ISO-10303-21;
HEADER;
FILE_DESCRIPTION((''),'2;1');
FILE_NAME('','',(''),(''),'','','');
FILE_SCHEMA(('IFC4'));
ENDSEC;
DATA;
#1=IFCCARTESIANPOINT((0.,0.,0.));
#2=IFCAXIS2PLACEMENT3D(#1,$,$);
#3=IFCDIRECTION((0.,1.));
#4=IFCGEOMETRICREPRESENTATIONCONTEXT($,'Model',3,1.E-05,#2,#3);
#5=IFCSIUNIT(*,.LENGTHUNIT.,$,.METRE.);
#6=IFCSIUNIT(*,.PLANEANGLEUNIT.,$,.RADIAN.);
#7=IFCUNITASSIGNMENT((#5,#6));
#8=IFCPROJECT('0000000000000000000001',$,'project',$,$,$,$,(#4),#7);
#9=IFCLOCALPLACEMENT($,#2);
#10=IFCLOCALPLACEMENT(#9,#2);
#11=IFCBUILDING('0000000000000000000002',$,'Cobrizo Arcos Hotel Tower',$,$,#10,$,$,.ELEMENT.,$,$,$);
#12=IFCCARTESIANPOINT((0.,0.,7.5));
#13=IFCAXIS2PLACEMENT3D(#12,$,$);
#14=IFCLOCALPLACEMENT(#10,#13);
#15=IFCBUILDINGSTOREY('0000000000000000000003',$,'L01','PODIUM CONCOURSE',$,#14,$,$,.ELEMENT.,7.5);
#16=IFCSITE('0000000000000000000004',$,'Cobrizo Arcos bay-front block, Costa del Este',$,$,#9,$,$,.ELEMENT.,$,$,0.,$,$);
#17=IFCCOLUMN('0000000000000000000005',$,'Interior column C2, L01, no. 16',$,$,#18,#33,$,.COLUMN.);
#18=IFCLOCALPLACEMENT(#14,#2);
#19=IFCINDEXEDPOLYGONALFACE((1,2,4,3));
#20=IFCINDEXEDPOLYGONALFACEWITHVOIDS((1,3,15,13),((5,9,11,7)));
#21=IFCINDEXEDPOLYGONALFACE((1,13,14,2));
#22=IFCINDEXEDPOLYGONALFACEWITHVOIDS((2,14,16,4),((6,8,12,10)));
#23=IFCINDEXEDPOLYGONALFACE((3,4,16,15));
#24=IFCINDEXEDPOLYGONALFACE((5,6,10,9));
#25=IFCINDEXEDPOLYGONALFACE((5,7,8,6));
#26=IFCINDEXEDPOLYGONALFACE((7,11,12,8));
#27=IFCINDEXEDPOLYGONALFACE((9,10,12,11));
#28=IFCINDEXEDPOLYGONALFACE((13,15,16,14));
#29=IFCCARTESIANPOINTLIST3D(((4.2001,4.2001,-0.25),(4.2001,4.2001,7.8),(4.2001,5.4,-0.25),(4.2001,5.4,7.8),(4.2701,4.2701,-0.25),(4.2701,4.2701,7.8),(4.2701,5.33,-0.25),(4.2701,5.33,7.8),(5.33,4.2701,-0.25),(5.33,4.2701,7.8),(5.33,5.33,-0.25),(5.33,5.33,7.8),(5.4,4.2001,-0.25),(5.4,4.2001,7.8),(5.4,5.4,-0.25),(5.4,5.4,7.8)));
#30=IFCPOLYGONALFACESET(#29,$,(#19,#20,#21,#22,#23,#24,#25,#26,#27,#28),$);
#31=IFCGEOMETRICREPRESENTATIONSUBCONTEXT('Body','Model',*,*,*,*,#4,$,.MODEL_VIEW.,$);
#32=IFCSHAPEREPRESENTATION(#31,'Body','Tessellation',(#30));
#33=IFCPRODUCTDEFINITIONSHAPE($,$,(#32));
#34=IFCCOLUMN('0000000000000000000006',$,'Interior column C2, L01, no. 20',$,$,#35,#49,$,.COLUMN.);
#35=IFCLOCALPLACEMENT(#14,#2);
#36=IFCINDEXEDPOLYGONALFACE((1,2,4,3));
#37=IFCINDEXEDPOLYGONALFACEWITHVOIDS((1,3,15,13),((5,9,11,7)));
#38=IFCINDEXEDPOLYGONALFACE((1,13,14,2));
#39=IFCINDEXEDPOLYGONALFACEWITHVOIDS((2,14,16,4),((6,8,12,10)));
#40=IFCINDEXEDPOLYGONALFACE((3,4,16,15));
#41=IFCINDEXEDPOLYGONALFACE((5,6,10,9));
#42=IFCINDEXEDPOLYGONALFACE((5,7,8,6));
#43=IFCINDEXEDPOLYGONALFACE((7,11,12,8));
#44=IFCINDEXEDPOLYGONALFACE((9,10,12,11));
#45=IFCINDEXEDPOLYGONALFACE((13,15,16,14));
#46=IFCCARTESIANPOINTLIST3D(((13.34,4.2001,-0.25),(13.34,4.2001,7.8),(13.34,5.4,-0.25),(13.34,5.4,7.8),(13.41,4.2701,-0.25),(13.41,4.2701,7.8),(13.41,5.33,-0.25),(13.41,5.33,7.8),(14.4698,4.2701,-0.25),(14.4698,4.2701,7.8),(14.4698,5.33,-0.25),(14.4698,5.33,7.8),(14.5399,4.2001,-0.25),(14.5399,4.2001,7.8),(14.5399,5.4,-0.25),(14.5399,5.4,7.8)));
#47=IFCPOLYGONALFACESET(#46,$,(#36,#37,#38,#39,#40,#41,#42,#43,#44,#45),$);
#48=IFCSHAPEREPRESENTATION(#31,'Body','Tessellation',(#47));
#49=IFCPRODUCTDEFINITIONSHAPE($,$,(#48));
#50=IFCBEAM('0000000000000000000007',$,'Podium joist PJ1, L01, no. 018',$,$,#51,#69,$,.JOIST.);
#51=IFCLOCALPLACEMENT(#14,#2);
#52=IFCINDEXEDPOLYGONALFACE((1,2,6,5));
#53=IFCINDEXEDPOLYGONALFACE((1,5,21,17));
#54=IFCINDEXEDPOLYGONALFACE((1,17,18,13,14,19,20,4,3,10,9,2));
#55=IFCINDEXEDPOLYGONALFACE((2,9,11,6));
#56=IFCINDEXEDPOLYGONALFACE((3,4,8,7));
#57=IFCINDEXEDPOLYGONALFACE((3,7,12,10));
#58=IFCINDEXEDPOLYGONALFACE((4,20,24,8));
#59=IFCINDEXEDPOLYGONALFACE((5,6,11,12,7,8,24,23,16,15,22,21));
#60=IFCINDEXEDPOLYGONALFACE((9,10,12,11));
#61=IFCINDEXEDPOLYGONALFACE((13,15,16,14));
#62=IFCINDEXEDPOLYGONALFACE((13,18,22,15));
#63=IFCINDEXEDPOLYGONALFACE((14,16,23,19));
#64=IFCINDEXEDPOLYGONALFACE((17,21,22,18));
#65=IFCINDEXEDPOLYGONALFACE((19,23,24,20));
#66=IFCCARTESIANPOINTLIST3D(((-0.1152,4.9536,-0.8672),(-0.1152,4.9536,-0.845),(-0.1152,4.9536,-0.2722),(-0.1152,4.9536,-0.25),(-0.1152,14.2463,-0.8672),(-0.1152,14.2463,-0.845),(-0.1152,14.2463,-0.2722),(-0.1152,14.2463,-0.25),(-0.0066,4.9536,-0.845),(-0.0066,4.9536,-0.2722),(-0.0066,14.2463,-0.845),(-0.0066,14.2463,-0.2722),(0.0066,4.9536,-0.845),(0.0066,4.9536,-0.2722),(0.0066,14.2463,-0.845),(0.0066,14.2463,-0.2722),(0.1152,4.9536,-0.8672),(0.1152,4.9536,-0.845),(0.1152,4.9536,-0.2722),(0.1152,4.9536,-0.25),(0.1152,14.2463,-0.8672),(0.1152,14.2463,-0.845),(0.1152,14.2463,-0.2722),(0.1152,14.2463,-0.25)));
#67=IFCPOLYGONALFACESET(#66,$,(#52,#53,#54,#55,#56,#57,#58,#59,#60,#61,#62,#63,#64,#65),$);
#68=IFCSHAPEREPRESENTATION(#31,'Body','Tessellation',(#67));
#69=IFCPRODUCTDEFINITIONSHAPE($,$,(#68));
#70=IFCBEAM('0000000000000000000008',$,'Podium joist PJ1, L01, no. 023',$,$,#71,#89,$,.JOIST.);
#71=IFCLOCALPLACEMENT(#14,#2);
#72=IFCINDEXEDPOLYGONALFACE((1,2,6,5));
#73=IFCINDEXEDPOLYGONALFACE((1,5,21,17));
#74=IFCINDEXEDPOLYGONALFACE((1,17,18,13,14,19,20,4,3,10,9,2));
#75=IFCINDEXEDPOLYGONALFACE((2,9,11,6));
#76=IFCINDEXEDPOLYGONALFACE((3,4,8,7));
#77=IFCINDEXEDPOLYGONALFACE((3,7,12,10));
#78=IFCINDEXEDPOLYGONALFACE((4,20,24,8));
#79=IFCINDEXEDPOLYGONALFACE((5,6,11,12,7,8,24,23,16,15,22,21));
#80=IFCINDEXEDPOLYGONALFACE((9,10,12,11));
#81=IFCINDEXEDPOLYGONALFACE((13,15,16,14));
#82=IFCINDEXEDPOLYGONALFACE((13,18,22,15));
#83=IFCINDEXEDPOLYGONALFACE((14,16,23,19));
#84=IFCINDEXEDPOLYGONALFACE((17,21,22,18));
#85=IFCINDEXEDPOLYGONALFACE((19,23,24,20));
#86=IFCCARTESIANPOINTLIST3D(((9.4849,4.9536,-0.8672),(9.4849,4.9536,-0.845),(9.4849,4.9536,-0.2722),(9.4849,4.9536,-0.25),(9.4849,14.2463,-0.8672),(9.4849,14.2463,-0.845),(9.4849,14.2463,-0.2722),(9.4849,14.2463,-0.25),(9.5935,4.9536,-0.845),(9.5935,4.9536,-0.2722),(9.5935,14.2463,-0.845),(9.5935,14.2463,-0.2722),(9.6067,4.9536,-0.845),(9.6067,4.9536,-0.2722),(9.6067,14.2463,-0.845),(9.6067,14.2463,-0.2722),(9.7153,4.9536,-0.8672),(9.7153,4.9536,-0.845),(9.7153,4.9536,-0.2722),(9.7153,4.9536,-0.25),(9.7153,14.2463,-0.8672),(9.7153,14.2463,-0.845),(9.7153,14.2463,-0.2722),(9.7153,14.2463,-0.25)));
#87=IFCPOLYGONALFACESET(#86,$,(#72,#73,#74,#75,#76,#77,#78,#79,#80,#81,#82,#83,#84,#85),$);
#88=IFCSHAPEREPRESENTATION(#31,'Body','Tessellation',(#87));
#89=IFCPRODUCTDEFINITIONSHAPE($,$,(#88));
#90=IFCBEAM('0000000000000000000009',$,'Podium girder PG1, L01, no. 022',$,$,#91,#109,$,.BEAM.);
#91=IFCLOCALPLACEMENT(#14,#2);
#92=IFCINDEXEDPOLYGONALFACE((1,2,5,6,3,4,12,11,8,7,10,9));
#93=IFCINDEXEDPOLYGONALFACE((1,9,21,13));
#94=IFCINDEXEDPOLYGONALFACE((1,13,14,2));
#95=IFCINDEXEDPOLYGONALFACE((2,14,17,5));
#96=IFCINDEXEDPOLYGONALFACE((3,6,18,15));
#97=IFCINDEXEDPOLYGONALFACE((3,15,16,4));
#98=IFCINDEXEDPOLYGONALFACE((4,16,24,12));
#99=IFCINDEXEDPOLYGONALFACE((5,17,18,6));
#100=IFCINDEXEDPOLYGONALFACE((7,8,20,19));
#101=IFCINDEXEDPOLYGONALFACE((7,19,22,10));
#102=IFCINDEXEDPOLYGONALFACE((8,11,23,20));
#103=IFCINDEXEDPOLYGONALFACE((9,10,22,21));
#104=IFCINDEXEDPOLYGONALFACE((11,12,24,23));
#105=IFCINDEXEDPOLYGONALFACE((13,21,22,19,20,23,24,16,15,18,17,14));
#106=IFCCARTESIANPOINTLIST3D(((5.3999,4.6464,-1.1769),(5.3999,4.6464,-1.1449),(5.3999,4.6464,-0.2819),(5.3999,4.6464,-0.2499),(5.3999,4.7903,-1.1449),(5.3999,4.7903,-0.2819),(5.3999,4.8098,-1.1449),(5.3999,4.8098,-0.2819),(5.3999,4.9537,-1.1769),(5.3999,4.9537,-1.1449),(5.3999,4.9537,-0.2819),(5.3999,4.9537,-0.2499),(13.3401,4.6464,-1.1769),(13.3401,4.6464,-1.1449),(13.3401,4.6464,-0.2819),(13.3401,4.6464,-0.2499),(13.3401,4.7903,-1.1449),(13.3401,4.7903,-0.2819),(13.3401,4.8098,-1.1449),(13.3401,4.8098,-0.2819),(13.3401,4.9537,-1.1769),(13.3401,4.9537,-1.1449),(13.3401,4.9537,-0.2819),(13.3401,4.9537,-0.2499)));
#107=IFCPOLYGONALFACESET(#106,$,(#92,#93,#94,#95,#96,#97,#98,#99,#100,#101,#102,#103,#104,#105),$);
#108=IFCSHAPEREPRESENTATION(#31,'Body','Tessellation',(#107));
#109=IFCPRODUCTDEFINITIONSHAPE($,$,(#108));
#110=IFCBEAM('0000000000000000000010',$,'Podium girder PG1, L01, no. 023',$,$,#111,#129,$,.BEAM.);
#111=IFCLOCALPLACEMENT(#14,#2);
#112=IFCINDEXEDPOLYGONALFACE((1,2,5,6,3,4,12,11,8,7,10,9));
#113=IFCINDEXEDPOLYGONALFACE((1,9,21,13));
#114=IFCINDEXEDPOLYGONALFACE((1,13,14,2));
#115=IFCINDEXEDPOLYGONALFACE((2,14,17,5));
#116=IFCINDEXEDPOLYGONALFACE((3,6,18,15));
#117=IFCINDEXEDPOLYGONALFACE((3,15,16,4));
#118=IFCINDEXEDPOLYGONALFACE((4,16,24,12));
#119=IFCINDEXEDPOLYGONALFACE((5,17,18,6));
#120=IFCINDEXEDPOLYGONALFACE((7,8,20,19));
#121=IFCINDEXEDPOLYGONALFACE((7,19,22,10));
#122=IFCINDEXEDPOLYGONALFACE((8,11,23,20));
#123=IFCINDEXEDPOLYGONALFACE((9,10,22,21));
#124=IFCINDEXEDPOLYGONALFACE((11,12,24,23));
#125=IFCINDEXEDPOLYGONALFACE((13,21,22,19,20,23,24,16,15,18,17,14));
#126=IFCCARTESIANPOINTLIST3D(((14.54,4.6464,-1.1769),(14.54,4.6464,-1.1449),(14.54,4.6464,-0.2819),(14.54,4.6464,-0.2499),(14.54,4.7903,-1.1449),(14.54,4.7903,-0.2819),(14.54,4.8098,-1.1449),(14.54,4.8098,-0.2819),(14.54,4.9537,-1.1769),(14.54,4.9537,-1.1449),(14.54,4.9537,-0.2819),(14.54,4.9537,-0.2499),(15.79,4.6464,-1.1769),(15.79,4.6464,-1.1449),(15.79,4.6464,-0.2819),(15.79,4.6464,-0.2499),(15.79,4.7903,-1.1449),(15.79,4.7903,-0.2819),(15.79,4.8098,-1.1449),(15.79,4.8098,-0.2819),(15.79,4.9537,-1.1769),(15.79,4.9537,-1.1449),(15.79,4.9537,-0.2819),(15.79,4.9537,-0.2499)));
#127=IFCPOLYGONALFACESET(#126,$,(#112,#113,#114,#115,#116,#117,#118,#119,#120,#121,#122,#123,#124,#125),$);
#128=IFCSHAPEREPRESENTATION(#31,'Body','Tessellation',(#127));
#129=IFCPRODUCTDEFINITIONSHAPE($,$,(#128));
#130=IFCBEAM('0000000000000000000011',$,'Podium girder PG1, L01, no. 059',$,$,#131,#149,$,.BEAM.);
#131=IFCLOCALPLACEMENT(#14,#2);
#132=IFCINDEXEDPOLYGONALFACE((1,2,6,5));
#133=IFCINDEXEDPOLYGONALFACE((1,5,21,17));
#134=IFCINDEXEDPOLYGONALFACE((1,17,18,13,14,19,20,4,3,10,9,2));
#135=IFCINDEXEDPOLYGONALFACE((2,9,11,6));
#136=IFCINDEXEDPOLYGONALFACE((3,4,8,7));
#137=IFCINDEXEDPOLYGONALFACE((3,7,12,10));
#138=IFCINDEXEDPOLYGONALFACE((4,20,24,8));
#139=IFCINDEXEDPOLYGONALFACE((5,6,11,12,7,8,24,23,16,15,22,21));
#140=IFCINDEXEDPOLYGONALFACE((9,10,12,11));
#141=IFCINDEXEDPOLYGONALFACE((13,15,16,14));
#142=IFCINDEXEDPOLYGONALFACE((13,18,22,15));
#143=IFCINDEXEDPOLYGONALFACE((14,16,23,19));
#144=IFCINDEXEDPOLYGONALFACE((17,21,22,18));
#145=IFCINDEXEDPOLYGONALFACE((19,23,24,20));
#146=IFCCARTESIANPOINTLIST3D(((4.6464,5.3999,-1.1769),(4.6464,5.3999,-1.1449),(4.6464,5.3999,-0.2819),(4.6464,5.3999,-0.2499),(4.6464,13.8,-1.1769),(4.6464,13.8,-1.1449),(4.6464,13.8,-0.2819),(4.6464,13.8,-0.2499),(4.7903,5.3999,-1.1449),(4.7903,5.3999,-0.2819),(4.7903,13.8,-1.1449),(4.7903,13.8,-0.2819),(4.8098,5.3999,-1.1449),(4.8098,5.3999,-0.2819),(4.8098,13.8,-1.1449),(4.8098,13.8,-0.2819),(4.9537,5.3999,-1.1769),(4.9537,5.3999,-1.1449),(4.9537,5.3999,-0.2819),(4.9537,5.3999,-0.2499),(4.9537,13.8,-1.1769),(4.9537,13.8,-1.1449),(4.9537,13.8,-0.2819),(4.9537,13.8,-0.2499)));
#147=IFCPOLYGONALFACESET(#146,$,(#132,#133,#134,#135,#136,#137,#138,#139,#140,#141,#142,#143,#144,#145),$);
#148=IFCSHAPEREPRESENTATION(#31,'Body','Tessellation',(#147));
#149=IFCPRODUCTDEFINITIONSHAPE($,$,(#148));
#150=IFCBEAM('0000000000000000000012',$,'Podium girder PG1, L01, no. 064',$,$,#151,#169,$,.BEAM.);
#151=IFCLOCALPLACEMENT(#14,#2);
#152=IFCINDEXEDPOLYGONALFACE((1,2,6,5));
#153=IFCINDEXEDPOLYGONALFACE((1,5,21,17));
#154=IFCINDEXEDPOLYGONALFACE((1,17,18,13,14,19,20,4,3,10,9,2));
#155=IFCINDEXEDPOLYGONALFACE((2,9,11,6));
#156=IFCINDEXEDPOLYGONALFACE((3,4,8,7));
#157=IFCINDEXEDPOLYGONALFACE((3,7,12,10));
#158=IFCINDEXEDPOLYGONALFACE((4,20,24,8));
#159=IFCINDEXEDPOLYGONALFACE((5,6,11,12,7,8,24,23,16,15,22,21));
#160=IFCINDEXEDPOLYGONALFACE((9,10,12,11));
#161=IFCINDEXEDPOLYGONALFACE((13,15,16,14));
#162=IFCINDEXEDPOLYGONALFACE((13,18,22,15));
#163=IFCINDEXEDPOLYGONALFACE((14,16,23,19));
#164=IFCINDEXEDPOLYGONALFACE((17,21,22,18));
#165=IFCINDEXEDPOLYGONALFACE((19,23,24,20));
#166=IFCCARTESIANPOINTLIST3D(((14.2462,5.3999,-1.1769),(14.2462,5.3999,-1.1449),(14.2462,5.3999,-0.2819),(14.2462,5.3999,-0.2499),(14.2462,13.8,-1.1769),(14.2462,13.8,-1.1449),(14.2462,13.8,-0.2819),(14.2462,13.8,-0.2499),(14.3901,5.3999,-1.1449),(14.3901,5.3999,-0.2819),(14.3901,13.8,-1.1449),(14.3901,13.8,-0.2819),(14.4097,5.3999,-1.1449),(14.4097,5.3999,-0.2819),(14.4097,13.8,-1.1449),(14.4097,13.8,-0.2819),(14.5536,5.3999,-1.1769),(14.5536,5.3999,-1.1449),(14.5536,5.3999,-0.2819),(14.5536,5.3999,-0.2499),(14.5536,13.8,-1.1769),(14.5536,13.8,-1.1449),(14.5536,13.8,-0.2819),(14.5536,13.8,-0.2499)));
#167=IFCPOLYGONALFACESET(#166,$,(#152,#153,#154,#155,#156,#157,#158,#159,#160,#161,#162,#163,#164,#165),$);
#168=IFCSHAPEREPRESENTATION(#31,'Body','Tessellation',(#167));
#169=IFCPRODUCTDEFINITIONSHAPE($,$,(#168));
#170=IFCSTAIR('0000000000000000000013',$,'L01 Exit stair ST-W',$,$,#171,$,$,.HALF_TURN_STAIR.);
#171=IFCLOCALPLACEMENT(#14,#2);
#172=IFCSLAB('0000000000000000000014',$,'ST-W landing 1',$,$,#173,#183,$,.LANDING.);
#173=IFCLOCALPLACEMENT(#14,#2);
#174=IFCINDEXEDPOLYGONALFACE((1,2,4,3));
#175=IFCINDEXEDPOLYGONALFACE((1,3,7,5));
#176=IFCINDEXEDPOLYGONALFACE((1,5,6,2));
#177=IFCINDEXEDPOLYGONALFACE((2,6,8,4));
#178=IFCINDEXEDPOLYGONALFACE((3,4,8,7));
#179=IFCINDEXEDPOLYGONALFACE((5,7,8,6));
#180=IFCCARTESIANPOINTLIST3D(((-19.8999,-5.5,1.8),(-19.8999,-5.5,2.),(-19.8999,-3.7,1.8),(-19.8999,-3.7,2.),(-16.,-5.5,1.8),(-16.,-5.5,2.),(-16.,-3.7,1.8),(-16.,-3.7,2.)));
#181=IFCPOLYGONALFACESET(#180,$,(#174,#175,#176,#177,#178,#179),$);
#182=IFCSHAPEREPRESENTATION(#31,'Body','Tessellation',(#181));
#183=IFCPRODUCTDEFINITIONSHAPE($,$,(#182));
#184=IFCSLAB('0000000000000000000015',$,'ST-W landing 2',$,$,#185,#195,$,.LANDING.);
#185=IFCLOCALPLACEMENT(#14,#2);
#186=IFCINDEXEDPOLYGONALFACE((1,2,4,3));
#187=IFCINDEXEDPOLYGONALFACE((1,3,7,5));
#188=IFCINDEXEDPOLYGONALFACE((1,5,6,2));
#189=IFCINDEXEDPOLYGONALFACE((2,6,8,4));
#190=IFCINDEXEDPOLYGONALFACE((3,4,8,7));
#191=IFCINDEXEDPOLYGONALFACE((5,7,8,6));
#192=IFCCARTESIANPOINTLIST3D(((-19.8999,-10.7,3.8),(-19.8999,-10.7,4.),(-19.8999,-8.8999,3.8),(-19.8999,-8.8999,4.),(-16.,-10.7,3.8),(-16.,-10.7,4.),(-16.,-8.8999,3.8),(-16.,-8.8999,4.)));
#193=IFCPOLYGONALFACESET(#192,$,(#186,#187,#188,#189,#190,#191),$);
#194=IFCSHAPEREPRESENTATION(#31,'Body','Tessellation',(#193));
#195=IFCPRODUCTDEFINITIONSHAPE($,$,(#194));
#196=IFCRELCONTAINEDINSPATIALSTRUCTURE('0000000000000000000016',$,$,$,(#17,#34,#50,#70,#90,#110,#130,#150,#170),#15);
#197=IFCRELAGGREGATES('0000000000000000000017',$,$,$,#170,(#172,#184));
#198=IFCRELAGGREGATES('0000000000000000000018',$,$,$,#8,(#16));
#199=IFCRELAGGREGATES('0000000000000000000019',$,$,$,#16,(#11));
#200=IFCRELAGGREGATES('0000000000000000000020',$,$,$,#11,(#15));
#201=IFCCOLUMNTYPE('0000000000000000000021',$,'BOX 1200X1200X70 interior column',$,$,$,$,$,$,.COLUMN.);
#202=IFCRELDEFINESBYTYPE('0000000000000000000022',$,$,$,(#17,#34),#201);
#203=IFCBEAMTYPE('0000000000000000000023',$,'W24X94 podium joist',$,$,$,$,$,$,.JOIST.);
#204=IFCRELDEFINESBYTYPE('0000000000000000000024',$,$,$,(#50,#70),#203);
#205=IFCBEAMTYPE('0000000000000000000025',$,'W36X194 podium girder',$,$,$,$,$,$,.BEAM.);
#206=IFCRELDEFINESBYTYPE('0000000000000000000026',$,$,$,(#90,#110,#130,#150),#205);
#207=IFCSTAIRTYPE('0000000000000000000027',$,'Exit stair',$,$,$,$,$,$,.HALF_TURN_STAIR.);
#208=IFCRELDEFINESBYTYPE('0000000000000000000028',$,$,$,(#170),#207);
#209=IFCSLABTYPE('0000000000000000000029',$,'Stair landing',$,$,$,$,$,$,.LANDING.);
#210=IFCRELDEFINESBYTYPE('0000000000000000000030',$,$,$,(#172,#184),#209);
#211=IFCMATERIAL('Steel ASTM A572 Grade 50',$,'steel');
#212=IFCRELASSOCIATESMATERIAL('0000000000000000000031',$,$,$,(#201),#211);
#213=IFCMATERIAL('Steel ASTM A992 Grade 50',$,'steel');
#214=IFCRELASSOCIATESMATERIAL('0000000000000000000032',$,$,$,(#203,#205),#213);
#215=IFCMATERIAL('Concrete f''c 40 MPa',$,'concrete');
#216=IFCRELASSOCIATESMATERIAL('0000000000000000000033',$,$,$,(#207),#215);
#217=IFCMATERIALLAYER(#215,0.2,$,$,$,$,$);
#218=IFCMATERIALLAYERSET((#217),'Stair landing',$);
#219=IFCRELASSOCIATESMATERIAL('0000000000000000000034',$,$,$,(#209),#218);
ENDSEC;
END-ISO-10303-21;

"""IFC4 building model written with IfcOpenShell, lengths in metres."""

from ifc_helpers import new_model, si_unit, direction, frame, origin, origin_2d, place, context, subcontext, project, spatial, polyline, hollow_rectangle, i_section, outline, extrude, material, layer, layer_set, material_profile, profile_set, type_object, element, aggregate, save


model = new_model("IFC4")

# Units and contexts
model_context = context("Model", 3, precision=1e-05, world=origin(), true_north=direction((0.0, 1.0)))
body_context = subcontext(model_context, "Body", "Model", "MODEL_VIEW")
ifc_project = project(units=[si_unit("LENGTHUNIT", "METRE"), si_unit("PLANEANGLEUNIT", "RADIAN")], contexts=[model_context])

# Site, building, storey
site_placement = place(None, origin())
site = spatial("IfcSite", under=ifc_project, at=site_placement, Name="Cobrizo Arcos bay-front block, Costa del Este", CompositionType="ELEMENT", RefElevation=0.0)
building_placement = place(site_placement, origin())
building = spatial("IfcBuilding", under=site, at=building_placement, Name="Cobrizo Arcos Hotel Tower", CompositionType="ELEMENT")
storey_placement = place(building_placement, frame((0.0, 0.0, 7.5)))
storey = spatial("IfcBuildingStorey", under=building, at=storey_placement, Name="L01", Description="PODIUM CONCOURSE", CompositionType="ELEMENT", Elevation=7.5)

# Columns
ifc_material_1 = material(Name="Steel ASTM A572 Grade 50", Category="steel")
ifc_material_profile_1 = material_profile(ifc_material_1, hollow_rectangle(XDim=1.2, YDim=1.2, WallThickness=0.0701, at=origin_2d()), Name="BOX 1200X1200X70")
ifc_profile_set_1 = profile_set([ifc_material_profile_1], Name="Steel ASTM A572 Grade 50")
column_type = type_object("IfcColumnType", Name="BOX 1200X1200X70 interior column", PredefinedType="COLUMN", material=ifc_profile_set_1)
for number, where, z_axis, x_axis, name in (
    (1, (4.8, 4.8, -0.25), (0.0, 0.0, 1.0), (1.0, 0.0, 0.0), "Interior column C2, L01, no. 16"),
    (2, (13.9399, 4.8, -0.25), (0.0, 0.0, 1.0), (1.0, 0.0, 0.0), "Interior column C2, L01, no. 20"),
):
    element("IfcColumn", number, at=place(storey_placement, frame(where, z_axis=z_axis, x_axis=x_axis)), inside=storey, type_object=column_type, Name=name, PredefinedType="COLUMN", context=body_context, shape_type="SweptSolid", body=[
        extrude(hollow_rectangle(XDim=1.2, YDim=1.2, WallThickness=0.0701, at=origin_2d()), origin(), (0.0, 0.0, 1.0), 8.05),
    ])

# Beams
ifc_material_2 = material(Name="Steel ASTM A992 Grade 50", Category="steel")
ifc_material_profile_2 = material_profile(ifc_material_2, i_section(OverallWidth=0.2305, OverallDepth=0.6172, WebThickness=0.0132, FlangeThickness=0.0222, at=origin_2d()), Name="W24X94")
ifc_profile_set_2 = profile_set([ifc_material_profile_2], Name="Steel ASTM A992 Grade 50")
beam_type_1 = type_object("IfcBeamType", Name="W24X94 podium joist", PredefinedType="JOIST", material=ifc_profile_set_2)
for number, where, z_axis, x_axis, name in (
    (3, (0.0, 4.9536, -0.5586), (0.0, 1.0, 0.0), (-1.0, 0.0, 0.0), "Podium joist PJ1, L01, no. 018"),
    (4, (9.6001, 4.9536, -0.5586), (0.0, 1.0, 0.0), (-1.0, 0.0, 0.0), "Podium joist PJ1, L01, no. 023"),
):
    element("IfcBeam", number, at=place(storey_placement, frame(where, z_axis=z_axis, x_axis=x_axis)), inside=storey, type_object=beam_type_1, Name=name, PredefinedType="JOIST", context=body_context, shape_type="SweptSolid", body=[
        extrude(i_section(OverallWidth=0.2305, OverallDepth=0.6172, WebThickness=0.0132, FlangeThickness=0.0222, at=origin_2d()), origin(), (0.0, 0.0, 1.0), 9.2927),
    ])
ifc_material_profile_3 = material_profile(ifc_material_2, i_section(OverallWidth=0.3074, OverallDepth=0.927, WebThickness=0.0195, FlangeThickness=0.032, at=origin_2d()), Name="W36X194")
ifc_profile_set_3 = profile_set([ifc_material_profile_3], Name="Steel ASTM A992 Grade 50")
beam_type_2 = type_object("IfcBeamType", Name="W36X194 podium girder", PredefinedType="BEAM", material=ifc_profile_set_3)
beam_1_placement = place(storey_placement, frame((5.3999, 4.8, -0.7134), z_axis=(1.0, 0.0, 0.0), x_axis=(0.0, 1.0, 0.0)))
element("IfcBeam", 5, at=beam_1_placement, inside=storey, type_object=beam_type_2, Name="Podium girder PG1, L01, no. 022", PredefinedType="BEAM", context=body_context, shape_type="SweptSolid", body=[
    extrude(i_section(OverallWidth=0.3074, OverallDepth=0.927, WebThickness=0.0195, FlangeThickness=0.032, at=origin_2d()), origin(), (0.0, 0.0, 1.0), 7.9402),
])
beam_2_placement = place(storey_placement, frame((14.54, 4.8, -0.7134), z_axis=(1.0, 0.0, 0.0), x_axis=(0.0, 1.0, 0.0)))
element("IfcBeam", 6, at=beam_2_placement, inside=storey, type_object=beam_type_2, Name="Podium girder PG1, L01, no. 023", PredefinedType="BEAM", context=body_context, shape_type="SweptSolid", body=[
    extrude(i_section(OverallWidth=0.3074, OverallDepth=0.927, WebThickness=0.0195, FlangeThickness=0.032, at=origin_2d()), origin(), (0.0, 0.0, 1.0), 1.25),
])
for number, where, z_axis, x_axis, name in (
    (7, (4.8, 5.3999, -0.7134), (0.0, 1.0, 0.0), (-1.0, 0.0, 0.0), "Podium girder PG1, L01, no. 059"),
    (8, (14.3999, 5.3999, -0.7134), (0.0, 1.0, 0.0), (-1.0, 0.0, 0.0), "Podium girder PG1, L01, no. 064"),
):
    element("IfcBeam", number, at=place(storey_placement, frame(where, z_axis=z_axis, x_axis=x_axis)), inside=storey, type_object=beam_type_2, Name=name, PredefinedType="BEAM", context=body_context, shape_type="SweptSolid", body=[
        extrude(i_section(OverallWidth=0.3074, OverallDepth=0.927, WebThickness=0.0195, FlangeThickness=0.032, at=origin_2d()), origin(), (0.0, 0.0, 1.0), 8.4001),
    ])

# Stair, slabs
ifc_material_3 = material(Name="Concrete f'c 40 MPa", Category="concrete")
stair_type = type_object("IfcStairType", Name="Exit stair", PredefinedType="HALF_TURN_STAIR", material=ifc_material_3)
stair_1_placement = place(storey_placement, origin())
stair_1 = element("IfcStair", 9, at=stair_1_placement, inside=storey, type_object=stair_type, Name="L01 Exit stair ST-W", PredefinedType="HALF_TURN_STAIR")
ifc_layer_1 = layer(ifc_material_3, 0.2)
ifc_layer_set_1 = layer_set([ifc_layer_1], Name="Stair landing")
slab_type = type_object("IfcSlabType", Name="Stair landing", PredefinedType="LANDING", material=ifc_layer_set_1)
slab_1_placement = place(storey_placement, frame((0.0, 0.0, 1.8)))
slab_1 = element("IfcSlab", 10, at=slab_1_placement, type_object=slab_type, Name="ST-W landing 1", PredefinedType="LANDING", context=body_context, shape_type="SweptSolid", body=[
    extrude(outline(polyline([(-16.0, -5.5), (-16.0, -3.7), (-19.8999, -3.7), (-19.8999, -5.5), (-16.0, -5.5)])), origin(), (0.0, 0.0, 1.0), 0.2),
])
slab_2_placement = place(storey_placement, frame((0.0, 0.0, 3.8)))
slab_2 = element("IfcSlab", 11, at=slab_2_placement, type_object=slab_type, Name="ST-W landing 2", PredefinedType="LANDING", context=body_context, shape_type="SweptSolid", body=[
    extrude(outline(polyline([(-16.0, -10.7), (-16.0, -8.8999), (-19.8999, -8.8999), (-19.8999, -10.7), (-16.0, -10.7)])), origin(), (0.0, 0.0, 1.0), 0.2),
])
aggregate(stair_1, [slab_1, slab_2])

save(model, "model.ifc")
